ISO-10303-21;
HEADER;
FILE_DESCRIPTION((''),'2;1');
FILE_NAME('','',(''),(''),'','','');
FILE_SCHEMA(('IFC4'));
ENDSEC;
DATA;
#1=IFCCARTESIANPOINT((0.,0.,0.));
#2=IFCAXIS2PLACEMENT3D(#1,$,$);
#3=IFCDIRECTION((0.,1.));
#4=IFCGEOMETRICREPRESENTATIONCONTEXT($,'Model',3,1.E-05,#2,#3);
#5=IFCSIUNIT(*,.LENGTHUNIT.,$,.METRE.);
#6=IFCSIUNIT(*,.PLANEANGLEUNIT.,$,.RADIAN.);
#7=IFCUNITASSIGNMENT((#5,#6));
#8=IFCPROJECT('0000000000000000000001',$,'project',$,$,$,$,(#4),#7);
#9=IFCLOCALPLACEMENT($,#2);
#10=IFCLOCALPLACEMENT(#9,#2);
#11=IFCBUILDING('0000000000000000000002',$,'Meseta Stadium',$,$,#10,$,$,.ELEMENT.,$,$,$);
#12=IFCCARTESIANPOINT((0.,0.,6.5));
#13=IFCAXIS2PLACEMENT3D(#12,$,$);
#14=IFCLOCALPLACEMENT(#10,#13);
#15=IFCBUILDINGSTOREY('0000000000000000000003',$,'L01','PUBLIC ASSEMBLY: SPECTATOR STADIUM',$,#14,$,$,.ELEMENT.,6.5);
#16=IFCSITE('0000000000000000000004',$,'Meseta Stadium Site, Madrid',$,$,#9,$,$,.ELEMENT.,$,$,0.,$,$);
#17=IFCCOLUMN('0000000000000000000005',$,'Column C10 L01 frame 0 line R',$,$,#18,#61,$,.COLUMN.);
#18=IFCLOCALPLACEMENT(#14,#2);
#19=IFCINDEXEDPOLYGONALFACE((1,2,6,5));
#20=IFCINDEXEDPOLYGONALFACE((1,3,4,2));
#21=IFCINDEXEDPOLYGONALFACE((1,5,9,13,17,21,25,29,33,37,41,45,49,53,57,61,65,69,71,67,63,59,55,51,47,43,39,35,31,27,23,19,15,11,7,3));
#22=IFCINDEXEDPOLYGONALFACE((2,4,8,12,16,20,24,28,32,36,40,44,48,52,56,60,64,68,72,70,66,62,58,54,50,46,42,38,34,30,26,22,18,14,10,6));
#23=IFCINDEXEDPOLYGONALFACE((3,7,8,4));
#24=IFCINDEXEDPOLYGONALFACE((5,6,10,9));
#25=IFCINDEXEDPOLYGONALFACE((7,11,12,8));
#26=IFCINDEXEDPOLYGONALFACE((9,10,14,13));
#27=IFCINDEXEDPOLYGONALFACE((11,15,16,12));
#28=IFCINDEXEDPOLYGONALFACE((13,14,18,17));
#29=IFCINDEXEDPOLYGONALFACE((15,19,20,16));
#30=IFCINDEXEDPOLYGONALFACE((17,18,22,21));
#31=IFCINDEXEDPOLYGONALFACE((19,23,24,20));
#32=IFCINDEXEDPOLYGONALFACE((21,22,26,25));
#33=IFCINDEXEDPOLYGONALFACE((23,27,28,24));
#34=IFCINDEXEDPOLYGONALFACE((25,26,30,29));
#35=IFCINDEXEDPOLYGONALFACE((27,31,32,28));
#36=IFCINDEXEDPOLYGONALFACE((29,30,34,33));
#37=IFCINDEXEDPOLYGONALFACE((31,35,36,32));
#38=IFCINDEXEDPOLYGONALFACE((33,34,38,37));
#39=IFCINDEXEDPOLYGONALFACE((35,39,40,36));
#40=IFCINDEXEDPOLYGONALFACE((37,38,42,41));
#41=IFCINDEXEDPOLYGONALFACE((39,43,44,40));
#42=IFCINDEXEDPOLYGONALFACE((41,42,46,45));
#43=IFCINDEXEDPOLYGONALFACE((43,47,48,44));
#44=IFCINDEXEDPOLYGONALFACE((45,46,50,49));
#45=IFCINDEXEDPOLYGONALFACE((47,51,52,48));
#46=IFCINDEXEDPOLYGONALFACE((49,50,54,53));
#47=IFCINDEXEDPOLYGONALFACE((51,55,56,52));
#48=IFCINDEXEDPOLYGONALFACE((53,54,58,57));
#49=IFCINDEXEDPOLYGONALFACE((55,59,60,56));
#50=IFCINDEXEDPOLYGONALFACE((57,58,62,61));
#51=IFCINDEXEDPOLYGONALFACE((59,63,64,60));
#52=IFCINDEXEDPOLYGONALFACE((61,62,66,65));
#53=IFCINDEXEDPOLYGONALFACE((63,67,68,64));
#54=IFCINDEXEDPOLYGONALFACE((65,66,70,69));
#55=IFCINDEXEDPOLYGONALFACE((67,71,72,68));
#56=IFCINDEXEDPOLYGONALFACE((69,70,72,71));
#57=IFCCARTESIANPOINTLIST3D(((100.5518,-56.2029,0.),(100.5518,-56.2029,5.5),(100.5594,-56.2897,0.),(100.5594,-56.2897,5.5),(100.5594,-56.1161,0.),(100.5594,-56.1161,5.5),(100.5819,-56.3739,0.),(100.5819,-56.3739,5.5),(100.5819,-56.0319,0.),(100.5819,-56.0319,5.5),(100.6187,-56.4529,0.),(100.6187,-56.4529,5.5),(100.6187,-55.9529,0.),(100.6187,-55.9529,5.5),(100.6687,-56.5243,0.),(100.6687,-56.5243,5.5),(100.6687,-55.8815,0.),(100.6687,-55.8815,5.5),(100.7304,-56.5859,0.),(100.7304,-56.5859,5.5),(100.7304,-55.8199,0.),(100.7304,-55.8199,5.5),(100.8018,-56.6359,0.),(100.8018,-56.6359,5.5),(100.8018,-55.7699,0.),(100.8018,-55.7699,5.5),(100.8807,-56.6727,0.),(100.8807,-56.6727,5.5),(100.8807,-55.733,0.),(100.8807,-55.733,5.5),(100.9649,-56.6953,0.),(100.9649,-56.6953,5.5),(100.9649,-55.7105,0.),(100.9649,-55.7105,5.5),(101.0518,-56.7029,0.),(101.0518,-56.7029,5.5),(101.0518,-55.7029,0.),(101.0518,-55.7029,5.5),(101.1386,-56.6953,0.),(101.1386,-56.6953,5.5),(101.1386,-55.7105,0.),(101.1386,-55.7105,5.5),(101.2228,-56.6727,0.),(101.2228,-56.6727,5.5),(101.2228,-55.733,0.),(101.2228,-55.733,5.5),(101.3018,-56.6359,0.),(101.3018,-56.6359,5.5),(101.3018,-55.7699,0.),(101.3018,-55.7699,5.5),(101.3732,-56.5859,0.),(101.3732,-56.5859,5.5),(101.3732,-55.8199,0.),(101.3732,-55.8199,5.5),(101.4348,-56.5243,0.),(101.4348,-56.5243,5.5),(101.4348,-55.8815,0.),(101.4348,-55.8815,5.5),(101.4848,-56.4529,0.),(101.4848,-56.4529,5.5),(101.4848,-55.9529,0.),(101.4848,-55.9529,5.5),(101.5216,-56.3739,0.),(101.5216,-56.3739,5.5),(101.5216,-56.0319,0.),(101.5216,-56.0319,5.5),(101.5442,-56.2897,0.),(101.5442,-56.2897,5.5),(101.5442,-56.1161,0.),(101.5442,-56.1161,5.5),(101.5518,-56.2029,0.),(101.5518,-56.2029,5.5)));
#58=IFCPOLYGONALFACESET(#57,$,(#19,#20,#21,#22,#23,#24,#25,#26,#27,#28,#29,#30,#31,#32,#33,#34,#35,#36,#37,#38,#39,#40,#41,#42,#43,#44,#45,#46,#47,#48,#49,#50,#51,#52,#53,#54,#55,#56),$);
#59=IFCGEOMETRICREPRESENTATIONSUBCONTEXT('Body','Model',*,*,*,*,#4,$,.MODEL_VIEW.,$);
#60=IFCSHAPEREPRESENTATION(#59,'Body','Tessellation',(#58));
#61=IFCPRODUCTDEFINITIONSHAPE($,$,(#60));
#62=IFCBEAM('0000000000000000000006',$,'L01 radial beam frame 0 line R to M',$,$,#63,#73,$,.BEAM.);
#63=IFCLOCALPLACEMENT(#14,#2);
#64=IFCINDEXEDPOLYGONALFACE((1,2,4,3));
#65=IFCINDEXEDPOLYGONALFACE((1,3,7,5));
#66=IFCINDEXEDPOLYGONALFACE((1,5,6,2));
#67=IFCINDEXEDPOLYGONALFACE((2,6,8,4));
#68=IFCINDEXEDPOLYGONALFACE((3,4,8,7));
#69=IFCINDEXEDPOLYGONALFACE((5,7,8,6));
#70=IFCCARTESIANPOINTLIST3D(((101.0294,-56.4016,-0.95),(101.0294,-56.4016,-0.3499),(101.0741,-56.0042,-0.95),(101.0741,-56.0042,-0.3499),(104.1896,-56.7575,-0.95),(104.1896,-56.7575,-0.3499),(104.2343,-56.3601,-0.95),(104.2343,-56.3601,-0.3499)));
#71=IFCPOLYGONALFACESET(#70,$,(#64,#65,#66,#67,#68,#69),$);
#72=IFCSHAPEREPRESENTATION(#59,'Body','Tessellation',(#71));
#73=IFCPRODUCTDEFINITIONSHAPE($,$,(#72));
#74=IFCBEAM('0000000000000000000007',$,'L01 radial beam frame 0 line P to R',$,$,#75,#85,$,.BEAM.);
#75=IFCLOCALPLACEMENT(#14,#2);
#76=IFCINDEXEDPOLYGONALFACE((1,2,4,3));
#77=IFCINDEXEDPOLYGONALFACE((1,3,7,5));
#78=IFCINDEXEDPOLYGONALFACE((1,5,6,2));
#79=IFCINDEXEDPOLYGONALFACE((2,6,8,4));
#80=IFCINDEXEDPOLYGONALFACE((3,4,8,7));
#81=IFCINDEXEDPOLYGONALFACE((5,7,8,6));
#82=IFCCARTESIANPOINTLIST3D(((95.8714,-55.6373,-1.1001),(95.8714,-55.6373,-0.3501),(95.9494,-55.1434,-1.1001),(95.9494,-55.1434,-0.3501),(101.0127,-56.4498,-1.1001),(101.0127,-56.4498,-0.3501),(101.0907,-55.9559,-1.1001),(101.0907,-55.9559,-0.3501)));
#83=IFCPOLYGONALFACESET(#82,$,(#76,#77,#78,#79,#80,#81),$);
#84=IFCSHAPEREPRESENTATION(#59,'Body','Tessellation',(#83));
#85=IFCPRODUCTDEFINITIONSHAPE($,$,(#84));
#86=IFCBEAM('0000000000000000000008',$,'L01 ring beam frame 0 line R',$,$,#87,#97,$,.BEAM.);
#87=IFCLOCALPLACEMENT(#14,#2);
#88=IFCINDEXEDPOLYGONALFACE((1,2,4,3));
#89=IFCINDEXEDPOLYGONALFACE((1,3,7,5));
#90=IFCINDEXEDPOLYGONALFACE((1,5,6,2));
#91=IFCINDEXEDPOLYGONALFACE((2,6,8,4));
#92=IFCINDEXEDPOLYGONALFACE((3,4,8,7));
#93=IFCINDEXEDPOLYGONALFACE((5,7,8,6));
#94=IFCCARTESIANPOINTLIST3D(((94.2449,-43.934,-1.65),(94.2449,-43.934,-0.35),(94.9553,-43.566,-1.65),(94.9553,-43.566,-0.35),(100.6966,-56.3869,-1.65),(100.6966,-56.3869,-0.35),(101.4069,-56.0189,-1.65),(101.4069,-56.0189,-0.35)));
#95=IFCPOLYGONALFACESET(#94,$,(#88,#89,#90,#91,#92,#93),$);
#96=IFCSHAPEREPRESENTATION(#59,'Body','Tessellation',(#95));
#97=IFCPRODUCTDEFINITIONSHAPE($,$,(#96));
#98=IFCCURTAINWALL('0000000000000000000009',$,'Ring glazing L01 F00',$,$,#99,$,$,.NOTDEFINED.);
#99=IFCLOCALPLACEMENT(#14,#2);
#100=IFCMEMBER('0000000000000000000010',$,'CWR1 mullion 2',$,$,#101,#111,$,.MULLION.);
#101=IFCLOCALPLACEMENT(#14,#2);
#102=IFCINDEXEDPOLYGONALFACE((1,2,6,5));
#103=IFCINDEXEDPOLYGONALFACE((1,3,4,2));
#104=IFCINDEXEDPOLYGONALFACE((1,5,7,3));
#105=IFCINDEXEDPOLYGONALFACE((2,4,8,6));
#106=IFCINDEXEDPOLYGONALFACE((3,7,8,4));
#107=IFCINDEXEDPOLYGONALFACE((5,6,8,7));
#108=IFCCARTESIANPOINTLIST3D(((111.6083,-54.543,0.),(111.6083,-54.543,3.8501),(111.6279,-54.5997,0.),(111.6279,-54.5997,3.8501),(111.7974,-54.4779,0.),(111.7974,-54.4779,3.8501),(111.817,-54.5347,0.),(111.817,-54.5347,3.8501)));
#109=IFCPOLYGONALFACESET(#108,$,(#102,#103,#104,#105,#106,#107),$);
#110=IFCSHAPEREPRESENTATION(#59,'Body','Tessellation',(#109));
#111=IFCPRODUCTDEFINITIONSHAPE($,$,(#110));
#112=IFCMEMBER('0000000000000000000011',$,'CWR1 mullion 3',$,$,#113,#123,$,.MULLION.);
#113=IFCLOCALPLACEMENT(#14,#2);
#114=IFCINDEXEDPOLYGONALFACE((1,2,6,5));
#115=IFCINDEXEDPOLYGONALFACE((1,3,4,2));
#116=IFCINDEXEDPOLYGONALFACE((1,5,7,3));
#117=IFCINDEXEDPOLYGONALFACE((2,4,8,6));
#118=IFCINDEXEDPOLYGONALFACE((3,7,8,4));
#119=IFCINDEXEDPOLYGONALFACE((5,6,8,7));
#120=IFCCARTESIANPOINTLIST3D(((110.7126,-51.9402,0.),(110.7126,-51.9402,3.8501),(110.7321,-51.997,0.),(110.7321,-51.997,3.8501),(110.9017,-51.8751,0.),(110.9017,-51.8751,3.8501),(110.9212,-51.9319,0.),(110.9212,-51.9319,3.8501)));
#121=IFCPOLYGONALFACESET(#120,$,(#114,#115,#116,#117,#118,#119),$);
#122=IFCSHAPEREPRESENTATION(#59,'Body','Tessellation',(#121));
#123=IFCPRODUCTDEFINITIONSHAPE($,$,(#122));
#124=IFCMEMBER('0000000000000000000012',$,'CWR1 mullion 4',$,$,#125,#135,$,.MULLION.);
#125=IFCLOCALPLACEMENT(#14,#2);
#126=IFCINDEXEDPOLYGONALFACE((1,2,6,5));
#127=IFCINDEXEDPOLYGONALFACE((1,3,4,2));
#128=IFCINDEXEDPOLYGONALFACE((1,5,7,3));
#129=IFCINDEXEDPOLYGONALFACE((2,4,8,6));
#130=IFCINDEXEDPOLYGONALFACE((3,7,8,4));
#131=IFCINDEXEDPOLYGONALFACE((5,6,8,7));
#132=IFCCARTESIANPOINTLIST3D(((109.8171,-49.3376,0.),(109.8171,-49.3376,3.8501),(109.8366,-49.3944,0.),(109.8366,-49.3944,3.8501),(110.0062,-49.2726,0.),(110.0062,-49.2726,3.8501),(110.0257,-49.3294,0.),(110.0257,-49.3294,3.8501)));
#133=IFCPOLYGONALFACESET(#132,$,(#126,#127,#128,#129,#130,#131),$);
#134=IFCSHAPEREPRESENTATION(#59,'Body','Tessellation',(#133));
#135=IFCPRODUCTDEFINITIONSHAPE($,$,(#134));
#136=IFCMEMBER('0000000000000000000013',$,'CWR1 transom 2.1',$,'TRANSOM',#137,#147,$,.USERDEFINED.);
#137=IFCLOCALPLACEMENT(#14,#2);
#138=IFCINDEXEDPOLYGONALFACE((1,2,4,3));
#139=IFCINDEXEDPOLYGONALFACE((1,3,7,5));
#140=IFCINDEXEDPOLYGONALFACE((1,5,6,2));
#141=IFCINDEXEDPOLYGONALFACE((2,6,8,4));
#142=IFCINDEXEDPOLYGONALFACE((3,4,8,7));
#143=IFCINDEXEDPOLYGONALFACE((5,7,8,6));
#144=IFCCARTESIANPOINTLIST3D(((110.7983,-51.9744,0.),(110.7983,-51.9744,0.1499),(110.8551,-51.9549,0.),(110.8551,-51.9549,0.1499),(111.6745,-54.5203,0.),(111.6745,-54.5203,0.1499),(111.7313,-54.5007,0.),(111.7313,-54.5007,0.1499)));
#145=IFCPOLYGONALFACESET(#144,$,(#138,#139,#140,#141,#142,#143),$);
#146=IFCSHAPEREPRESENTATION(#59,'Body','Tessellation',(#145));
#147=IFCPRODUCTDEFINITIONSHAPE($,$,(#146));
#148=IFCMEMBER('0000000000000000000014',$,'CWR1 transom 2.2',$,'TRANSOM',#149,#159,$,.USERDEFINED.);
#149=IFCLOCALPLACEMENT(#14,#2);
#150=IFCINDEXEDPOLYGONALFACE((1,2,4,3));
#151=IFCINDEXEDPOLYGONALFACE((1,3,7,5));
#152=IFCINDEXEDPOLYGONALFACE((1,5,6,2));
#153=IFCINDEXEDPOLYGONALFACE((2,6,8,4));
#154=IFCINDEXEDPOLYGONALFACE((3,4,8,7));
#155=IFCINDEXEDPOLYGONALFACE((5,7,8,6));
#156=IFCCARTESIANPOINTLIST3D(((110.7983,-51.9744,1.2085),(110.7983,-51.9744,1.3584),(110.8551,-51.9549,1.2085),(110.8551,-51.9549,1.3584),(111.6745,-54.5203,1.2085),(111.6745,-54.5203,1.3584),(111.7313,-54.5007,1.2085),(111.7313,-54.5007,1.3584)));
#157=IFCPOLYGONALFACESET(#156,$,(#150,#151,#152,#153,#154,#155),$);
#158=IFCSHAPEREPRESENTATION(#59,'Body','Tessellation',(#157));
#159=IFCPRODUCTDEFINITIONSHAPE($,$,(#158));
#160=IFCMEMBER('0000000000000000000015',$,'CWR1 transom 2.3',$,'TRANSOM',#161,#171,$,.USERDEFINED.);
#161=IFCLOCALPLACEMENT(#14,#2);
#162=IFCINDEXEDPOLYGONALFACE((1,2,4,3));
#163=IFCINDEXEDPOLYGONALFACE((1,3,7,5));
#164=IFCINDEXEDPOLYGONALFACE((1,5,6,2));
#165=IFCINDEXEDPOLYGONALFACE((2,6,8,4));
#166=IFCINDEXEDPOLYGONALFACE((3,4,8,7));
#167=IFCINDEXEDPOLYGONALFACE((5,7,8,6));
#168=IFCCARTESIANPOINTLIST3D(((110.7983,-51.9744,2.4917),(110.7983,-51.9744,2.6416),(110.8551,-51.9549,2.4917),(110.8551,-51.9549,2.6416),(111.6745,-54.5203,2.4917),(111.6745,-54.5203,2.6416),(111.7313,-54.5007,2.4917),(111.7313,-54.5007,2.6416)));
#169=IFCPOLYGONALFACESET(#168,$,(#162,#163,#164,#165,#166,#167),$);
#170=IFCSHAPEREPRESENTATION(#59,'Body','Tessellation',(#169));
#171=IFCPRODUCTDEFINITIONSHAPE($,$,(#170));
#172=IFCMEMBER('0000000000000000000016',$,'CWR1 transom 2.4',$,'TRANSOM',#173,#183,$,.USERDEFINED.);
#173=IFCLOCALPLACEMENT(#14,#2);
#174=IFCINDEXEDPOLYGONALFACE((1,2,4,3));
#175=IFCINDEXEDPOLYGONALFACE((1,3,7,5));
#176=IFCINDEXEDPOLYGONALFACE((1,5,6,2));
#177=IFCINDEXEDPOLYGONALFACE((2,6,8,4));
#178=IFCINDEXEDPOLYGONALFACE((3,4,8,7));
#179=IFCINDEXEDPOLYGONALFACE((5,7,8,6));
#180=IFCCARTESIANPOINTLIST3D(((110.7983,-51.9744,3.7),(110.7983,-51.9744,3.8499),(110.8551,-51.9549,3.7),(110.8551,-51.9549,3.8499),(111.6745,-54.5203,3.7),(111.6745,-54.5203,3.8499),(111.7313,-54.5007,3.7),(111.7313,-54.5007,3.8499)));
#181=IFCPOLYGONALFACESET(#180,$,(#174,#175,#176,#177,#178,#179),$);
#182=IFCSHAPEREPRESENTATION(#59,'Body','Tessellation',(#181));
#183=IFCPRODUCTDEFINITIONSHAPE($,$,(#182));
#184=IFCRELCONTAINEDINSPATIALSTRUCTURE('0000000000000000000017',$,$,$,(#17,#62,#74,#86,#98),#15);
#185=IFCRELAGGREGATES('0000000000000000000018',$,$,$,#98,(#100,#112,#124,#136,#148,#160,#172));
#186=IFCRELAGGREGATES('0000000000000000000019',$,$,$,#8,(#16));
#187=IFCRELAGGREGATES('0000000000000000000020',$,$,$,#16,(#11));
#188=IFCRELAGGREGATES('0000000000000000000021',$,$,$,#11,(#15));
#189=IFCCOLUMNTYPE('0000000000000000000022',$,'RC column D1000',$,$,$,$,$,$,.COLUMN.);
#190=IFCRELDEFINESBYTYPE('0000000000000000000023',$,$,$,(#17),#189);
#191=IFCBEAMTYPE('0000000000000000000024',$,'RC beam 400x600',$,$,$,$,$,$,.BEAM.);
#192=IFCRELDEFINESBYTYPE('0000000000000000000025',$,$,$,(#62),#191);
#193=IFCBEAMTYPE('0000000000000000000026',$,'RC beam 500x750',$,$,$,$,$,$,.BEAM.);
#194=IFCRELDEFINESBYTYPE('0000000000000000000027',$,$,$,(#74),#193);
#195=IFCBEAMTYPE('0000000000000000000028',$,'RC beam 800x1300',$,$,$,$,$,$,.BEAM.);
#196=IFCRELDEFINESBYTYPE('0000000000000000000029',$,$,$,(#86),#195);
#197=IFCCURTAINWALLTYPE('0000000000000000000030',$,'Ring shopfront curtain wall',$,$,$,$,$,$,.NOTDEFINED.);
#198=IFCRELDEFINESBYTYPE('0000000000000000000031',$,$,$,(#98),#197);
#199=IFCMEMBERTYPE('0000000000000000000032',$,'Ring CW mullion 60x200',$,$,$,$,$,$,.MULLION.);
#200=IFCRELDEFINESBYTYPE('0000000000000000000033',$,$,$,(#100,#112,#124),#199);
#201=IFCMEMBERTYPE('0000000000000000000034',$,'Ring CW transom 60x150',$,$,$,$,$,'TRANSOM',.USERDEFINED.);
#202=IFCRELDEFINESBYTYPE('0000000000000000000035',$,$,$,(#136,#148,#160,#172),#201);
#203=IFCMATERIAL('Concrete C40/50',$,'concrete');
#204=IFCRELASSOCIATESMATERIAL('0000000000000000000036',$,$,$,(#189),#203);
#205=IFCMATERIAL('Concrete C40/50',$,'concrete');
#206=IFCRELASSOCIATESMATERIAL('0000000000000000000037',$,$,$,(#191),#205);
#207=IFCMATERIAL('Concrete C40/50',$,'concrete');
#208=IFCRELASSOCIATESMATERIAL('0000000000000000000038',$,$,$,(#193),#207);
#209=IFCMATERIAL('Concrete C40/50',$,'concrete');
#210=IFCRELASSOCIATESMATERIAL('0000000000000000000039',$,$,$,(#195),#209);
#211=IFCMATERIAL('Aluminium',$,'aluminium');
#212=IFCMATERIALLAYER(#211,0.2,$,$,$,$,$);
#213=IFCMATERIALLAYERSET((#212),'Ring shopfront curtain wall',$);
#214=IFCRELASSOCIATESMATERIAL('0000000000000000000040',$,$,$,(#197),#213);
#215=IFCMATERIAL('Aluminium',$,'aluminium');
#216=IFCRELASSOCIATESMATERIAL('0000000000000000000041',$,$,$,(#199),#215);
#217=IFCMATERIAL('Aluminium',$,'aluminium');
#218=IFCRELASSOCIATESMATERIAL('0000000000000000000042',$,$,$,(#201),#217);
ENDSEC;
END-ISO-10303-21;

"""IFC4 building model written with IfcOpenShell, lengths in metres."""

from ifc_helpers import new_model, si_unit, direction, frame, origin, origin_2d, place, context, subcontext, project, spatial, rectangle, circle, extrude, material, layer, layer_set, material_profile, profile_set, type_object, element, aggregate, save


model = new_model("IFC4")

# Units and contexts
model_context = context("Model", 3, precision=1e-05, world=origin(), true_north=direction((0.0, 1.0)))
body_context = subcontext(model_context, "Body", "Model", "MODEL_VIEW")
ifc_project = project(units=[si_unit("LENGTHUNIT", "METRE"), si_unit("PLANEANGLEUNIT", "RADIAN")], contexts=[model_context])

# Site, building, storey
site_placement = place(None, origin())
site = spatial("IfcSite", under=ifc_project, at=site_placement, Name="Meseta Stadium Site, Madrid", CompositionType="ELEMENT", RefElevation=0.0)
building_placement = place(site_placement, origin())
building = spatial("IfcBuilding", under=site, at=building_placement, Name="Meseta Stadium", CompositionType="ELEMENT")
storey_placement = place(building_placement, frame((0.0, 0.0, 6.5)))
storey = spatial("IfcBuildingStorey", under=building, at=storey_placement, Name="L01", Description="PUBLIC ASSEMBLY: SPECTATOR STADIUM", CompositionType="ELEMENT", Elevation=6.5)

# Column
ifc_material_1 = material(Name="Concrete C40/50", Category="concrete")
ifc_material_profile_1 = material_profile(ifc_material_1, circle(Radius=0.5, at=origin_2d()), Name="RC D1000")
ifc_profile_set_1 = profile_set([ifc_material_profile_1], Name="Concrete C40/50")
column_type = type_object("IfcColumnType", Name="RC column D1000", PredefinedType="COLUMN", material=ifc_profile_set_1)
column_placement = place(storey_placement, frame((101.0518, -56.2029, 0.0), z_axis=(0.0, 0.0, 1.0), x_axis=(1.0, 0.0, 0.0)))
element("IfcColumn", 1, at=column_placement, inside=storey, type_object=column_type, Name="Column C10 L01 frame 0 line R", PredefinedType="COLUMN", context=body_context, shape_type="SweptSolid", body=[
    extrude(circle(Radius=0.5, at=origin_2d()), origin(), (0.0, 0.0, 1.0), 5.5),
])

# Beams
ifc_material_2 = material(Name="Concrete C40/50", Category="concrete")
ifc_material_profile_2 = material_profile(ifc_material_2, rectangle(XDim=0.3999, YDim=0.6001, at=origin_2d()), Name="RC 400x600")
ifc_profile_set_2 = profile_set([ifc_material_profile_2], Name="Concrete C40/50")
beam_type_1 = type_object("IfcBeamType", Name="RC beam 400x600", PredefinedType="BEAM", material=ifc_profile_set_2)
beam_1_placement = place(storey_placement, frame((101.0518, -56.2029, -0.6499), z_axis=(0.993716, -0.111931, 0.0), x_axis=(0.111931, 0.993716, 0.0)))
element("IfcBeam", 2, at=beam_1_placement, inside=storey, type_object=beam_type_1, Name="L01 radial beam frame 0 line R to M", PredefinedType="BEAM", context=body_context, shape_type="SweptSolid", body=[
    extrude(rectangle(XDim=0.3999, YDim=0.6001, at=origin_2d()), origin(), (0.0, 0.0, 1.0), 3.1802),
])
ifc_material_3 = material(Name="Concrete C40/50", Category="concrete")
ifc_material_profile_3 = material_profile(ifc_material_3, rectangle(XDim=0.5, YDim=0.75, at=origin_2d()), Name="RC 500x750")
ifc_profile_set_3 = profile_set([ifc_material_profile_3], Name="Concrete C40/50")
beam_type_2 = type_object("IfcBeamType", Name="RC beam 500x750", PredefinedType="BEAM", material=ifc_profile_set_3)
beam_2_placement = place(storey_placement, frame((95.9104, -55.3904, -0.7251), z_axis=(0.987742, -0.156095, 0.0), x_axis=(0.156095, 0.987742, 0.0)))
element("IfcBeam", 3, at=beam_2_placement, inside=storey, type_object=beam_type_2, Name="L01 radial beam frame 0 line P to R", PredefinedType="BEAM", context=body_context, shape_type="SweptSolid", body=[
    extrude(rectangle(XDim=0.5, YDim=0.75, at=origin_2d()), origin(), (0.0, 0.0, 1.0), 5.2051),
])
ifc_material_4 = material(Name="Concrete C40/50", Category="concrete")
ifc_material_profile_4 = material_profile(ifc_material_4, rectangle(XDim=0.8, YDim=1.3, at=origin_2d()), Name="RC 800x1300")
ifc_profile_set_4 = profile_set([ifc_material_profile_4], Name="Concrete C40/50")
beam_type_3 = type_object("IfcBeamType", Name="RC beam 800x1300", PredefinedType="BEAM", material=ifc_profile_set_4)
beam_3_placement = place(storey_placement, frame((101.0518, -56.2029, -1.0), z_axis=(-0.460014, 0.887912, 0.0), x_axis=(-0.887912, -0.460014, 0.0)))
element("IfcBeam", 4, at=beam_3_placement, inside=storey, type_object=beam_type_3, Name="L01 ring beam frame 0 line R", PredefinedType="BEAM", context=body_context, shape_type="SweptSolid", body=[
    extrude(rectangle(XDim=0.8, YDim=1.3, at=origin_2d()), origin(), (0.0, 0.0, 1.0), 14.0249),
])

# Curtain wall, members
ifc_material_5 = material(Name="Aluminium", Category="aluminium")
ifc_layer_1 = layer(ifc_material_5, 0.2)
ifc_layer_set_1 = layer_set([ifc_layer_1], Name="Ring shopfront curtain wall")
curtain_wall_type = type_object("IfcCurtainWallType", Name="Ring shopfront curtain wall", PredefinedType="NOTDEFINED", material=ifc_layer_set_1)
curtain_wall_placement = place(storey_placement, origin())
curtain_wall = element("IfcCurtainWall", 5, at=curtain_wall_placement, inside=storey, type_object=curtain_wall_type, Name="Ring glazing L01 F00", PredefinedType="NOTDEFINED")
ifc_material_6 = material(Name="Aluminium", Category="aluminium")
ifc_material_profile_5 = material_profile(ifc_material_6, rectangle(XDim=0.2, YDim=0.0601, at=origin_2d()), Name="CW 200x60")
ifc_profile_set_5 = profile_set([ifc_material_profile_5], Name="Aluminium")
member_type_1 = type_object("IfcMemberType", Name="Ring CW mullion 60x200", PredefinedType="MULLION", material=ifc_profile_set_5)
member_1_placement = place(storey_placement, frame((111.7126, -54.5388, 0.0), z_axis=(0.0, 0.0, 1.0), x_axis=(-0.945581, -0.325386, 0.0)))
member_1 = element("IfcMember", 6, at=member_1_placement, type_object=member_type_1, Name="CWR1 mullion 2", PredefinedType="MULLION", context=body_context, shape_type="SweptSolid", body=[
    extrude(rectangle(XDim=0.2, YDim=0.0601, at=origin_2d()), origin(), (0.0, 0.0, 1.0), 3.8501),
])
member_2_placement = place(storey_placement, frame((110.8169, -51.936, 0.0), z_axis=(0.0, 0.0, 1.0), x_axis=(-0.945581, -0.325386, 0.0)))
member_2 = element("IfcMember", 7, at=member_2_placement, type_object=member_type_1, Name="CWR1 mullion 3", PredefinedType="MULLION", context=body_context, shape_type="SweptSolid", body=[
    extrude(rectangle(XDim=0.2, YDim=0.0601, at=origin_2d()), origin(), (0.0, 0.0, 1.0), 3.8501),
])
member_3_placement = place(storey_placement, frame((109.9214, -49.3335, 0.0), z_axis=(0.0, 0.0, 1.0), x_axis=(-0.945581, -0.325386, 0.0)))
member_3 = element("IfcMember", 8, at=member_3_placement, type_object=member_type_1, Name="CWR1 mullion 4", PredefinedType="MULLION", context=body_context, shape_type="SweptSolid", body=[
    extrude(rectangle(XDim=0.2, YDim=0.0601, at=origin_2d()), origin(), (0.0, 0.0, 1.0), 3.8501),
])
ifc_material_7 = material(Name="Aluminium", Category="aluminium")
ifc_material_profile_6 = material_profile(ifc_material_7, rectangle(XDim=0.0601, YDim=0.1499, at=origin_2d()), Name="CW 60x150")
ifc_profile_set_6 = profile_set([ifc_material_profile_6], Name="Aluminium")
member_type_2 = type_object("IfcMemberType", Name="Ring CW transom 60x150", ElementType="TRANSOM", PredefinedType="USERDEFINED", material=ifc_profile_set_6)
member_4_placement = place(storey_placement, frame((111.7029, -54.5105, 0.075), z_axis=(-0.325435, 0.945565, 0.0), x_axis=(-0.945565, -0.325435, 0.0)))
member_4 = element("IfcMember", 9, at=member_4_placement, type_object=member_type_2, Name="CWR1 transom 2.1", ObjectType="TRANSOM", PredefinedType="USERDEFINED", context=body_context, shape_type="SweptSolid", body=[
    extrude(rectangle(XDim=0.0601, YDim=0.1499, at=origin_2d()), origin(), (0.0, 0.0, 1.0), 2.6924),
])
member_5_placement = place(storey_placement, frame((111.7029, -54.5105, 1.2834), z_axis=(-0.325435, 0.945565, 0.0), x_axis=(-0.945565, -0.325435, 0.0)))
member_5 = element("IfcMember", 10, at=member_5_placement, type_object=member_type_2, Name="CWR1 transom 2.2", ObjectType="TRANSOM", PredefinedType="USERDEFINED", context=body_context, shape_type="SweptSolid", body=[
    extrude(rectangle(XDim=0.0601, YDim=0.1499, at=origin_2d()), origin(), (0.0, 0.0, 1.0), 2.6924),
])
member_6_placement = place(storey_placement, frame((111.7029, -54.5105, 2.5667), z_axis=(-0.325435, 0.945565, 0.0), x_axis=(-0.945565, -0.325435, 0.0)))
member_6 = element("IfcMember", 11, at=member_6_placement, type_object=member_type_2, Name="CWR1 transom 2.3", ObjectType="TRANSOM", PredefinedType="USERDEFINED", context=body_context, shape_type="SweptSolid", body=[
    extrude(rectangle(XDim=0.0601, YDim=0.1499, at=origin_2d()), origin(), (0.0, 0.0, 1.0), 2.6924),
])
member_7_placement = place(storey_placement, frame((111.7029, -54.5105, 3.7749), z_axis=(-0.325435, 0.945565, 0.0), x_axis=(-0.945565, -0.325435, 0.0)))
member_7 = element("IfcMember", 12, at=member_7_placement, type_object=member_type_2, Name="CWR1 transom 2.4", ObjectType="TRANSOM", PredefinedType="USERDEFINED", context=body_context, shape_type="SweptSolid", body=[
    extrude(rectangle(XDim=0.0601, YDim=0.1499, at=origin_2d()), origin(), (0.0, 0.0, 1.0), 2.6924),
])
aggregate(curtain_wall, [member_1, member_2, member_3, member_4, member_5, member_6, member_7])

save(model, "model.ifc")
